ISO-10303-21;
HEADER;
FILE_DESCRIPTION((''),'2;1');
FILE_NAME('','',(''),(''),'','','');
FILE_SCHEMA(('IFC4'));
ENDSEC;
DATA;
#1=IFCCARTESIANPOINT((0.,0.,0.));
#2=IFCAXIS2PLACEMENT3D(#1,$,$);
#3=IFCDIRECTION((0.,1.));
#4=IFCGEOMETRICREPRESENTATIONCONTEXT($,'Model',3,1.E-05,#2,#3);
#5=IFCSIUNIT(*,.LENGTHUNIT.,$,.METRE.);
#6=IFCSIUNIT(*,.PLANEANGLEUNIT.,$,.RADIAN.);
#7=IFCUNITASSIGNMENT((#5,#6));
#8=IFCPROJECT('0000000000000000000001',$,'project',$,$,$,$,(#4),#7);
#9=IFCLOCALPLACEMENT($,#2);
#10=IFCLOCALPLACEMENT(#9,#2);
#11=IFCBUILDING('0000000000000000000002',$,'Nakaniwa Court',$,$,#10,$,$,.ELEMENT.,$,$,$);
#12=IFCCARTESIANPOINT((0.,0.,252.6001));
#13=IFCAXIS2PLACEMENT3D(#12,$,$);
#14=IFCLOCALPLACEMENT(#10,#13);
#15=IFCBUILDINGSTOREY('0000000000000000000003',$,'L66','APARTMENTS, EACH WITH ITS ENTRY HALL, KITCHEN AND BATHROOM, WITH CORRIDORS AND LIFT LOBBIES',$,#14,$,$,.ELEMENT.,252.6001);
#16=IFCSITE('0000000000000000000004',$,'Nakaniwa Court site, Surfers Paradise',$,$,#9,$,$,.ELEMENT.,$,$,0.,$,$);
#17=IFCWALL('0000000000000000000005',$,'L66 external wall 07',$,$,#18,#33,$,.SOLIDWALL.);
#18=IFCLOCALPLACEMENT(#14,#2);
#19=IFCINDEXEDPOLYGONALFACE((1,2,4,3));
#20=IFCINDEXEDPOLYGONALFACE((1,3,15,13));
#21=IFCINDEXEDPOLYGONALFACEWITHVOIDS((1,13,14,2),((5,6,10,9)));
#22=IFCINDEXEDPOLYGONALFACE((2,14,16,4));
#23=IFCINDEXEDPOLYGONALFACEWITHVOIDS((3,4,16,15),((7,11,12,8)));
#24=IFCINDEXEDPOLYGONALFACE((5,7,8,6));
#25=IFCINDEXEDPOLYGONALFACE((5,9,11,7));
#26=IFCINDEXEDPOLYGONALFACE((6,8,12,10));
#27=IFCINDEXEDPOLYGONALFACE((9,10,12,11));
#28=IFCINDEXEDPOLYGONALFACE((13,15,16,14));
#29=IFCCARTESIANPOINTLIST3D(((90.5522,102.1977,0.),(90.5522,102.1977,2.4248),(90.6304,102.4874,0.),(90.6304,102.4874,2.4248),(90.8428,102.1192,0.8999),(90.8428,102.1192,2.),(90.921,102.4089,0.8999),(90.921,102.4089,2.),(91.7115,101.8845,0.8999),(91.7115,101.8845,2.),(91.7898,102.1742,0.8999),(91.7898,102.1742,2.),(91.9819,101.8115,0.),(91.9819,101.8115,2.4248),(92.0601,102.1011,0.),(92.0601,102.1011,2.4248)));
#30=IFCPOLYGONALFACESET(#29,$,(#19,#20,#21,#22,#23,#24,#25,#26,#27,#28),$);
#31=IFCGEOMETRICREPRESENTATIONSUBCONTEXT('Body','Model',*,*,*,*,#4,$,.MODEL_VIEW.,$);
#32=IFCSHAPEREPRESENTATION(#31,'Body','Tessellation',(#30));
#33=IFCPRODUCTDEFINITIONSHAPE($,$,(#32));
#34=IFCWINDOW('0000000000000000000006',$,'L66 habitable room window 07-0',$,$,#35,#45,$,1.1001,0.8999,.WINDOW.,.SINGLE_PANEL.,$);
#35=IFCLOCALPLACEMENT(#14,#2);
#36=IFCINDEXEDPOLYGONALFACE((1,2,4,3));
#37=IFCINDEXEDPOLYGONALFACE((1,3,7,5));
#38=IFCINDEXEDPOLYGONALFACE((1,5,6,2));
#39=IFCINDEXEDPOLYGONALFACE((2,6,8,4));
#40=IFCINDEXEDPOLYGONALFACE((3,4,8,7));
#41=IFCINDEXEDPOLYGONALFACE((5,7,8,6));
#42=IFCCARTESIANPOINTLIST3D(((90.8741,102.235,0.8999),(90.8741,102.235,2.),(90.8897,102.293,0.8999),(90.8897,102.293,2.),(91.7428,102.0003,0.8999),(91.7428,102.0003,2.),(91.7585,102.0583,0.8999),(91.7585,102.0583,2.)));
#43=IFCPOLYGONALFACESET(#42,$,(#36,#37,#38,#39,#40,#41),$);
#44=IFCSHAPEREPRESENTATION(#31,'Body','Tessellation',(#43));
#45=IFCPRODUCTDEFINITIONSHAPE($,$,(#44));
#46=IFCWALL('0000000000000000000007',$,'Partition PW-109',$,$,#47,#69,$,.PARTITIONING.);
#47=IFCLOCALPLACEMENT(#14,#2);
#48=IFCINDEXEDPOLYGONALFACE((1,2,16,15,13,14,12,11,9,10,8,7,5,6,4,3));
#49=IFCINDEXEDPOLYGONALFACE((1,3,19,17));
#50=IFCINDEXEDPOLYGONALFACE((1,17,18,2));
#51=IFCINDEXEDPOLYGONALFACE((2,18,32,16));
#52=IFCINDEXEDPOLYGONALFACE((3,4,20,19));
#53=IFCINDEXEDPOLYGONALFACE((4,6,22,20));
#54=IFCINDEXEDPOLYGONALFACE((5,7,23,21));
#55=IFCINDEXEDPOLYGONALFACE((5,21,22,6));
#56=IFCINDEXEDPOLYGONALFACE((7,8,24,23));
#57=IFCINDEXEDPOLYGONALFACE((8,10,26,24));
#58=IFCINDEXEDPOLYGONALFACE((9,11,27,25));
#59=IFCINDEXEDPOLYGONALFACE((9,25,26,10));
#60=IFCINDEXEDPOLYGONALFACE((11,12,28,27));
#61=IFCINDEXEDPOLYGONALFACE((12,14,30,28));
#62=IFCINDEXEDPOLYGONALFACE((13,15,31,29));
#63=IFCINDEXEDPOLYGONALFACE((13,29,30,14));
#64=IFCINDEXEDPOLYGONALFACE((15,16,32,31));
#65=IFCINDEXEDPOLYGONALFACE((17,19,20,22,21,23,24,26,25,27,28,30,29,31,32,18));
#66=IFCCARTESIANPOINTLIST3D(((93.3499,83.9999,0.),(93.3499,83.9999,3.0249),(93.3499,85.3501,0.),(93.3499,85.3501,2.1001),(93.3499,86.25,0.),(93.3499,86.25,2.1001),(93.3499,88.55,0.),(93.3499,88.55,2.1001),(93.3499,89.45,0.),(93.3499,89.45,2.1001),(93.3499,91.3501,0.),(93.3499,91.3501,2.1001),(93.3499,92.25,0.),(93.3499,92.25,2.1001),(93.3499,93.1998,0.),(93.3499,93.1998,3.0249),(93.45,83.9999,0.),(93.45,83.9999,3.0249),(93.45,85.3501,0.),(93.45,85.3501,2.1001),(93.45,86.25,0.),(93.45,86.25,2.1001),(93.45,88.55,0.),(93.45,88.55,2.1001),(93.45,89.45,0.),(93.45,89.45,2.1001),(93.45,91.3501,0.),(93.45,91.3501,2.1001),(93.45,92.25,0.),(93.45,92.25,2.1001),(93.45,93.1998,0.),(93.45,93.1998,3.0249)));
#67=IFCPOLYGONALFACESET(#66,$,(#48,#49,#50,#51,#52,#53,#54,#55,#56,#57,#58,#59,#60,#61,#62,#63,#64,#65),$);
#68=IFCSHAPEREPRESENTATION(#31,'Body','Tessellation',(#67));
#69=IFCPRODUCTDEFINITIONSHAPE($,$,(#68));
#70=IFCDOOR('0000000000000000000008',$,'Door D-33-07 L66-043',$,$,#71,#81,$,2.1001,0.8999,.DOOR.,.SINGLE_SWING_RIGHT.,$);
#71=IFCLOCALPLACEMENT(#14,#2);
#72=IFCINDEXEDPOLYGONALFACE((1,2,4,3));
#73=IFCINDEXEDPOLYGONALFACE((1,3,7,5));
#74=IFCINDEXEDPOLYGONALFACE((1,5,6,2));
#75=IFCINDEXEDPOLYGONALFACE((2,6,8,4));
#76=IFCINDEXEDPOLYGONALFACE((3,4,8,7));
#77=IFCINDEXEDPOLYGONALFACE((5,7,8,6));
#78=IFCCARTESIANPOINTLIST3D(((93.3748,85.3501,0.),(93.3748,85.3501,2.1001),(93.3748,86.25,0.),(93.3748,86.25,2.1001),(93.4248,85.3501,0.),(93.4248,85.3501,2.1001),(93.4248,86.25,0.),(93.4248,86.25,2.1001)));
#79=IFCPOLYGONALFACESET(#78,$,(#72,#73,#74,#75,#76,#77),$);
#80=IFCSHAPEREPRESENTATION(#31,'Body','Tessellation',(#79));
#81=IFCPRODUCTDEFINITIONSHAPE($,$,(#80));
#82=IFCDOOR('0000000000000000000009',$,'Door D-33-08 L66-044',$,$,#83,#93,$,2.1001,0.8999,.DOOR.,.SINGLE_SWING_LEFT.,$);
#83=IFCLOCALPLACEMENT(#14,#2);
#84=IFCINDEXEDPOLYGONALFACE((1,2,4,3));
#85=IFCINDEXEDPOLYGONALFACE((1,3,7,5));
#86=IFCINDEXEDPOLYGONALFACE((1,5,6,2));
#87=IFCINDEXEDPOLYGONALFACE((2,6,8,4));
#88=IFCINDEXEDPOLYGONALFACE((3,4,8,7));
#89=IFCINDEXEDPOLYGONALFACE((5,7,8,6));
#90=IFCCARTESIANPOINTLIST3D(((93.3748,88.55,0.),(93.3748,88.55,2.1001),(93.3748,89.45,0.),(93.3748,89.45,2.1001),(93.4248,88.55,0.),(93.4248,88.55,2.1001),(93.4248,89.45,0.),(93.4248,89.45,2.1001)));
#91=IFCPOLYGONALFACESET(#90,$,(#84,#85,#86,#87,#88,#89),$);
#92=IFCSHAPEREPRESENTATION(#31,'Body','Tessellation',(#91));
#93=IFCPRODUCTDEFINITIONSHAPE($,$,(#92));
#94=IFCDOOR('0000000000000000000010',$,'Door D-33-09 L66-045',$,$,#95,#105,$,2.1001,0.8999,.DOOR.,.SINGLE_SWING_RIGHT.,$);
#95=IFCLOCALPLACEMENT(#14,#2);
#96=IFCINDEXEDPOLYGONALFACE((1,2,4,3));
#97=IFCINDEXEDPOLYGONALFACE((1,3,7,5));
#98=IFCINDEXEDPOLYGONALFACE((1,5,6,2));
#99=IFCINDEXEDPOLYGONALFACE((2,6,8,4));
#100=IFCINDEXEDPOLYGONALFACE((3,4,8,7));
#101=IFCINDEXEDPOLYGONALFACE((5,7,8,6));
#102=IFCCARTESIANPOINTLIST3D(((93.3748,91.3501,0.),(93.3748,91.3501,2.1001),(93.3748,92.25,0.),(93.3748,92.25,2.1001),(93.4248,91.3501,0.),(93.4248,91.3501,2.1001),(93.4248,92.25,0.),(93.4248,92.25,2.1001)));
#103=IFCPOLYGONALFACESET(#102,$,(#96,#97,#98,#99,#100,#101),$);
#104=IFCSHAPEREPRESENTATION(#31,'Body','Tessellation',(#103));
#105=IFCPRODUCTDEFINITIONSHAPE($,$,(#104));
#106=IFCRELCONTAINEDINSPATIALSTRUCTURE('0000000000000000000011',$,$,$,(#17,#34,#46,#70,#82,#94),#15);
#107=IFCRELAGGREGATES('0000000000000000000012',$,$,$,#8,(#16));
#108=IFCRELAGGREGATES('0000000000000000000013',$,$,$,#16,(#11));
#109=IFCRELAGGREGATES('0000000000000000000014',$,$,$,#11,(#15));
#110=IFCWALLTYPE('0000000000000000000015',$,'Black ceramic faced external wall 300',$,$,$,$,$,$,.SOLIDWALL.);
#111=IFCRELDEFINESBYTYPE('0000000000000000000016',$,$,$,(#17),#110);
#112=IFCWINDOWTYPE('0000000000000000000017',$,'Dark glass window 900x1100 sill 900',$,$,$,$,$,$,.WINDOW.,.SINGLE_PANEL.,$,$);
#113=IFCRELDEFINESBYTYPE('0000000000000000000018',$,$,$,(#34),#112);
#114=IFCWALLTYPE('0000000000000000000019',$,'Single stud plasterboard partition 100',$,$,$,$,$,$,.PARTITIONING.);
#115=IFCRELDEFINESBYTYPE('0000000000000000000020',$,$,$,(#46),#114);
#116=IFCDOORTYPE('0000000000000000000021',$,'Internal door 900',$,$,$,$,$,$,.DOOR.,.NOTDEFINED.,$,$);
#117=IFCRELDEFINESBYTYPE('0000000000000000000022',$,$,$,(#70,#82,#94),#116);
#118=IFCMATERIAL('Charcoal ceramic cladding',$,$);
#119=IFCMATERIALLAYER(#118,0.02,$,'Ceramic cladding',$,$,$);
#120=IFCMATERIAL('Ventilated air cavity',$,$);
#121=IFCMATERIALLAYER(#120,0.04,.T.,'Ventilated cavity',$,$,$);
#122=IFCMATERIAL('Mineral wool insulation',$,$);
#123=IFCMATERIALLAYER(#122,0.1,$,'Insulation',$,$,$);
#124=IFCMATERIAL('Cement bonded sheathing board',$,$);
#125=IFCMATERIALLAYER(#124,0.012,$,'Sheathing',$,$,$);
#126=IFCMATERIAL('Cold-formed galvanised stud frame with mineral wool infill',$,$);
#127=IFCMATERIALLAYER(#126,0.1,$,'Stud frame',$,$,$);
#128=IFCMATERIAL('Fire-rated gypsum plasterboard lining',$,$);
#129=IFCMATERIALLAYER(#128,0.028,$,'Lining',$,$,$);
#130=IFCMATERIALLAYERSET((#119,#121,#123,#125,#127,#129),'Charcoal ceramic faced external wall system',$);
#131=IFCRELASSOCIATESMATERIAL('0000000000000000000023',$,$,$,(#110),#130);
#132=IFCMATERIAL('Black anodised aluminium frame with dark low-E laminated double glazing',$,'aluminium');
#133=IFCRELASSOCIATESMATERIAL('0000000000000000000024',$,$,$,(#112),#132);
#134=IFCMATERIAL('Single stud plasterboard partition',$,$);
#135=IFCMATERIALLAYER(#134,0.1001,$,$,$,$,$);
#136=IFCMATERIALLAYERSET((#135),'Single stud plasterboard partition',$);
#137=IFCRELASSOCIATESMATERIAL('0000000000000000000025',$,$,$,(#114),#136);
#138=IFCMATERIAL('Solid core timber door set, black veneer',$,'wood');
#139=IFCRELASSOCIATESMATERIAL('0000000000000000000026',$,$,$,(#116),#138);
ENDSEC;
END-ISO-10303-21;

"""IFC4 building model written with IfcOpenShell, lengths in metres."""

from ifc_helpers import new_model, si_unit, direction, frame, frame_2d, origin, place, context, subcontext, project, spatial, rectangle, extrude, material, layer, layer_set, type_object, element, fill, save


model = new_model("IFC4")

# Units and contexts
model_context = context("Model", 3, precision=1e-05, world=origin(), true_north=direction((0.0, 1.0)))
body_context = subcontext(model_context, "Body", "Model", "MODEL_VIEW")
ifc_project = project(units=[si_unit("LENGTHUNIT", "METRE"), si_unit("PLANEANGLEUNIT", "RADIAN")], contexts=[model_context])

# Site, building, storey
site_placement = place(None, origin())
site = spatial("IfcSite", under=ifc_project, at=site_placement, Name="Nakaniwa Court site, Surfers Paradise", CompositionType="ELEMENT", RefElevation=0.0)
building_placement = place(site_placement, origin())
building = spatial("IfcBuilding", under=site, at=building_placement, Name="Nakaniwa Court", CompositionType="ELEMENT")
storey_placement = place(building_placement, frame((0.0, 0.0, 252.6001)))
storey = spatial("IfcBuildingStorey", under=building, at=storey_placement, Name="L66", Description="APARTMENTS, EACH WITH ITS ENTRY HALL, KITCHEN AND BATHROOM, WITH CORRIDORS AND LIFT LOBBIES", CompositionType="ELEMENT", Elevation=252.6001)

# Shared definitions
ifc_material_1 = material(Name="Solid core timber door set, black veneer", Category="wood")

# Wall, opening, window
ifc_material_2 = material(Name="Charcoal ceramic cladding")
ifc_layer_1 = layer(ifc_material_2, 0.02, Name="Ceramic cladding")
ifc_material_3 = material(Name="Ventilated air cavity")
ifc_layer_2 = layer(ifc_material_3, 0.04, ventilated=True, Name="Ventilated cavity")
ifc_material_4 = material(Name="Mineral wool insulation")
ifc_layer_3 = layer(ifc_material_4, 0.1, Name="Insulation")
ifc_material_5 = material(Name="Cement bonded sheathing board")
ifc_layer_4 = layer(ifc_material_5, 0.012, Name="Sheathing")
ifc_material_6 = material(Name="Cold-formed galvanised stud frame with mineral wool infill")
ifc_layer_5 = layer(ifc_material_6, 0.1, Name="Stud frame")
ifc_material_7 = material(Name="Fire-rated gypsum plasterboard lining")
ifc_layer_6 = layer(ifc_material_7, 0.028, Name="Lining")
ifc_layer_set_1 = layer_set([ifc_layer_1, ifc_layer_2, ifc_layer_3, ifc_layer_4, ifc_layer_5, ifc_layer_6], Name="Charcoal ceramic faced external wall system")
wall_type_1 = type_object("IfcWallType", Name="Black ceramic faced external wall 300", PredefinedType="SOLIDWALL", material=ifc_layer_set_1)
ifc_material_8 = material(Name="Black anodised aluminium frame with dark low-E laminated double glazing", Category="aluminium")
window_type_1 = type_object("IfcWindowType", Name="Dark glass window 900x1100 sill 900", PartitioningType="SINGLE_PANEL", PredefinedType="WINDOW", material=ifc_material_8)
wall_1_placement = place(storey_placement, frame((92.021, 101.9563, 0.0), z_axis=(0.0, 0.0, 1.0), x_axis=(-0.965393, 0.260801, 0.0)))
wall_1 = element("IfcWall", 1, at=wall_1_placement, inside=storey, type_object=wall_type_1, Name="L66 external wall 07", PredefinedType="SOLIDWALL", context=body_context, shape_type="SweptSolid", body=[
    extrude(rectangle(XDim=1.481, YDim=0.3, at=frame_2d((0.7405, 0.0))), origin(), (0.0, 0.0, 1.0), 2.4248),
])
opening_1_placement = place(wall_1_placement, frame((0.28, 0.0, 0.8999)))
opening_1 = element("IfcOpeningElement", 2, at=opening_1_placement, cuts=wall_1, PredefinedType="OPENING", context=body_context, shape_type="SweptSolid", body=[
    extrude(rectangle(XDim=0.8999, YDim=1.1001, at=frame_2d((0.45, 0.55))), frame((0.0, 0.1599, 0.0), z_axis=(0.0, -1.0, 0.0), x_axis=(1.0, 0.0, 0.0)), (0.0, 0.0, 1.0), 0.3201),
])
window_1_placement = place(opening_1_placement, origin())
window_1 = element("IfcWindow", 3, at=window_1_placement, inside=storey, type_object=window_type_1, Name="L66 habitable room window 07-0", OverallHeight=1.1001, OverallWidth=0.8999, PartitioningType="SINGLE_PANEL", PredefinedType="WINDOW", context=body_context, shape_type="SweptSolid", body=[
    extrude(rectangle(XDim=0.8999, YDim=1.1001, at=frame_2d((0.45, 0.55))), frame((0.0, 0.03, 0.0), z_axis=(0.0, -1.0, 0.0), x_axis=(1.0, 0.0, 0.0)), (0.0, 0.0, 1.0), 0.0601),
])
fill(opening_1, window_1)

# Wall, openings, doors
ifc_material_9 = material(Name="Single stud plasterboard partition")
ifc_layer_7 = layer(ifc_material_9, 0.1001)
ifc_layer_set_2 = layer_set([ifc_layer_7], Name="Single stud plasterboard partition")
wall_type_2 = type_object("IfcWallType", Name="Single stud plasterboard partition 100", PredefinedType="PARTITIONING", material=ifc_layer_set_2)
wall_2_placement = place(storey_placement, frame((93.3999, 93.2, 0.0), z_axis=(0.0, 0.0, 1.0), x_axis=(0.0, -1.0, 0.0)))
wall_2 = element("IfcWall", 4, at=wall_2_placement, inside=storey, type_object=wall_type_2, Name="Partition PW-109", PredefinedType="PARTITIONING", context=body_context, shape_type="SweptSolid", body=[
    extrude(rectangle(XDim=9.2, YDim=0.1001, at=frame_2d((4.6001, 0.0))), origin(), (0.0, 0.0, 1.0), 3.0249),
])
opening_2_placement = place(wall_2_placement, frame((6.95, 0.0, 0.0)))
opening_2 = element("IfcOpeningElement", 5, at=opening_2_placement, cuts=wall_2, PredefinedType="OPENING", context=body_context, shape_type="SweptSolid", body=[
    extrude(rectangle(XDim=0.8999, YDim=2.1001, at=frame_2d((0.45, 1.05))), frame((0.0, 0.0601, 0.0), z_axis=(0.0, -1.0, 0.0), x_axis=(1.0, 0.0, 0.0)), (0.0, 0.0, 1.0), 0.1201),
])
opening_3_placement = place(wall_2_placement, frame((3.75, 0.0, 0.0)))
opening_3 = element("IfcOpeningElement", 6, at=opening_3_placement, cuts=wall_2, PredefinedType="OPENING", context=body_context, shape_type="SweptSolid", body=[
    extrude(rectangle(XDim=0.8999, YDim=2.1001, at=frame_2d((0.45, 1.05))), frame((0.0, 0.0601, 0.0), z_axis=(0.0, -1.0, 0.0), x_axis=(1.0, 0.0, 0.0)), (0.0, 0.0, 1.0), 0.1201),
])
opening_4_placement = place(wall_2_placement, frame((0.95, 0.0, 0.0)))
opening_4 = element("IfcOpeningElement", 7, at=opening_4_placement, cuts=wall_2, PredefinedType="OPENING", context=body_context, shape_type="SweptSolid", body=[
    extrude(rectangle(XDim=0.8999, YDim=2.1001, at=frame_2d((0.45, 1.05))), frame((0.0, 0.0601, 0.0), z_axis=(0.0, -1.0, 0.0), x_axis=(1.0, 0.0, 0.0)), (0.0, 0.0, 1.0), 0.1201),
])
door_type_1 = type_object("IfcDoorType", Name="Internal door 900", OperationType="NOTDEFINED", PredefinedType="DOOR", material=ifc_material_1)
door_1_placement = place(opening_2_placement, origin())
door_1 = element("IfcDoor", 8, at=door_1_placement, inside=storey, type_object=door_type_1, Name="Door D-33-07 L66-043", OperationType="SINGLE_SWING_RIGHT", OverallHeight=2.1001, OverallWidth=0.8999, PredefinedType="DOOR", context=body_context, shape_type="SweptSolid", body=[
    extrude(rectangle(XDim=0.8999, YDim=2.1001, at=frame_2d((0.45, 1.05))), frame((0.0, 0.0249, 0.0), z_axis=(0.0, -1.0, 0.0), x_axis=(1.0, 0.0, 0.0)), (0.0, 0.0, 1.0), 0.05),
])
fill(opening_2, door_1)
door_2_placement = place(opening_3_placement, origin())
door_2 = element("IfcDoor", 9, at=door_2_placement, inside=storey, type_object=door_type_1, Name="Door D-33-08 L66-044", OperationType="SINGLE_SWING_LEFT", OverallHeight=2.1001, OverallWidth=0.8999, PredefinedType="DOOR", context=body_context, shape_type="SweptSolid", body=[
    extrude(rectangle(XDim=0.8999, YDim=2.1001, at=frame_2d((0.45, 1.05))), frame((0.0, 0.0249, 0.0), z_axis=(0.0, -1.0, 0.0), x_axis=(1.0, 0.0, 0.0)), (0.0, 0.0, 1.0), 0.05),
])
fill(opening_3, door_2)
door_3_placement = place(opening_4_placement, origin())
door_3 = element("IfcDoor", 10, at=door_3_placement, inside=storey, type_object=door_type_1, Name="Door D-33-09 L66-045", OperationType="SINGLE_SWING_RIGHT", OverallHeight=2.1001, OverallWidth=0.8999, PredefinedType="DOOR", context=body_context, shape_type="SweptSolid", body=[
    extrude(rectangle(XDim=0.8999, YDim=2.1001, at=frame_2d((0.45, 1.05))), frame((0.0, 0.0249, 0.0), z_axis=(0.0, -1.0, 0.0), x_axis=(1.0, 0.0, 0.0)), (0.0, 0.0, 1.0), 0.05),
])
fill(opening_4, door_3)

save(model, "model.ifc")
